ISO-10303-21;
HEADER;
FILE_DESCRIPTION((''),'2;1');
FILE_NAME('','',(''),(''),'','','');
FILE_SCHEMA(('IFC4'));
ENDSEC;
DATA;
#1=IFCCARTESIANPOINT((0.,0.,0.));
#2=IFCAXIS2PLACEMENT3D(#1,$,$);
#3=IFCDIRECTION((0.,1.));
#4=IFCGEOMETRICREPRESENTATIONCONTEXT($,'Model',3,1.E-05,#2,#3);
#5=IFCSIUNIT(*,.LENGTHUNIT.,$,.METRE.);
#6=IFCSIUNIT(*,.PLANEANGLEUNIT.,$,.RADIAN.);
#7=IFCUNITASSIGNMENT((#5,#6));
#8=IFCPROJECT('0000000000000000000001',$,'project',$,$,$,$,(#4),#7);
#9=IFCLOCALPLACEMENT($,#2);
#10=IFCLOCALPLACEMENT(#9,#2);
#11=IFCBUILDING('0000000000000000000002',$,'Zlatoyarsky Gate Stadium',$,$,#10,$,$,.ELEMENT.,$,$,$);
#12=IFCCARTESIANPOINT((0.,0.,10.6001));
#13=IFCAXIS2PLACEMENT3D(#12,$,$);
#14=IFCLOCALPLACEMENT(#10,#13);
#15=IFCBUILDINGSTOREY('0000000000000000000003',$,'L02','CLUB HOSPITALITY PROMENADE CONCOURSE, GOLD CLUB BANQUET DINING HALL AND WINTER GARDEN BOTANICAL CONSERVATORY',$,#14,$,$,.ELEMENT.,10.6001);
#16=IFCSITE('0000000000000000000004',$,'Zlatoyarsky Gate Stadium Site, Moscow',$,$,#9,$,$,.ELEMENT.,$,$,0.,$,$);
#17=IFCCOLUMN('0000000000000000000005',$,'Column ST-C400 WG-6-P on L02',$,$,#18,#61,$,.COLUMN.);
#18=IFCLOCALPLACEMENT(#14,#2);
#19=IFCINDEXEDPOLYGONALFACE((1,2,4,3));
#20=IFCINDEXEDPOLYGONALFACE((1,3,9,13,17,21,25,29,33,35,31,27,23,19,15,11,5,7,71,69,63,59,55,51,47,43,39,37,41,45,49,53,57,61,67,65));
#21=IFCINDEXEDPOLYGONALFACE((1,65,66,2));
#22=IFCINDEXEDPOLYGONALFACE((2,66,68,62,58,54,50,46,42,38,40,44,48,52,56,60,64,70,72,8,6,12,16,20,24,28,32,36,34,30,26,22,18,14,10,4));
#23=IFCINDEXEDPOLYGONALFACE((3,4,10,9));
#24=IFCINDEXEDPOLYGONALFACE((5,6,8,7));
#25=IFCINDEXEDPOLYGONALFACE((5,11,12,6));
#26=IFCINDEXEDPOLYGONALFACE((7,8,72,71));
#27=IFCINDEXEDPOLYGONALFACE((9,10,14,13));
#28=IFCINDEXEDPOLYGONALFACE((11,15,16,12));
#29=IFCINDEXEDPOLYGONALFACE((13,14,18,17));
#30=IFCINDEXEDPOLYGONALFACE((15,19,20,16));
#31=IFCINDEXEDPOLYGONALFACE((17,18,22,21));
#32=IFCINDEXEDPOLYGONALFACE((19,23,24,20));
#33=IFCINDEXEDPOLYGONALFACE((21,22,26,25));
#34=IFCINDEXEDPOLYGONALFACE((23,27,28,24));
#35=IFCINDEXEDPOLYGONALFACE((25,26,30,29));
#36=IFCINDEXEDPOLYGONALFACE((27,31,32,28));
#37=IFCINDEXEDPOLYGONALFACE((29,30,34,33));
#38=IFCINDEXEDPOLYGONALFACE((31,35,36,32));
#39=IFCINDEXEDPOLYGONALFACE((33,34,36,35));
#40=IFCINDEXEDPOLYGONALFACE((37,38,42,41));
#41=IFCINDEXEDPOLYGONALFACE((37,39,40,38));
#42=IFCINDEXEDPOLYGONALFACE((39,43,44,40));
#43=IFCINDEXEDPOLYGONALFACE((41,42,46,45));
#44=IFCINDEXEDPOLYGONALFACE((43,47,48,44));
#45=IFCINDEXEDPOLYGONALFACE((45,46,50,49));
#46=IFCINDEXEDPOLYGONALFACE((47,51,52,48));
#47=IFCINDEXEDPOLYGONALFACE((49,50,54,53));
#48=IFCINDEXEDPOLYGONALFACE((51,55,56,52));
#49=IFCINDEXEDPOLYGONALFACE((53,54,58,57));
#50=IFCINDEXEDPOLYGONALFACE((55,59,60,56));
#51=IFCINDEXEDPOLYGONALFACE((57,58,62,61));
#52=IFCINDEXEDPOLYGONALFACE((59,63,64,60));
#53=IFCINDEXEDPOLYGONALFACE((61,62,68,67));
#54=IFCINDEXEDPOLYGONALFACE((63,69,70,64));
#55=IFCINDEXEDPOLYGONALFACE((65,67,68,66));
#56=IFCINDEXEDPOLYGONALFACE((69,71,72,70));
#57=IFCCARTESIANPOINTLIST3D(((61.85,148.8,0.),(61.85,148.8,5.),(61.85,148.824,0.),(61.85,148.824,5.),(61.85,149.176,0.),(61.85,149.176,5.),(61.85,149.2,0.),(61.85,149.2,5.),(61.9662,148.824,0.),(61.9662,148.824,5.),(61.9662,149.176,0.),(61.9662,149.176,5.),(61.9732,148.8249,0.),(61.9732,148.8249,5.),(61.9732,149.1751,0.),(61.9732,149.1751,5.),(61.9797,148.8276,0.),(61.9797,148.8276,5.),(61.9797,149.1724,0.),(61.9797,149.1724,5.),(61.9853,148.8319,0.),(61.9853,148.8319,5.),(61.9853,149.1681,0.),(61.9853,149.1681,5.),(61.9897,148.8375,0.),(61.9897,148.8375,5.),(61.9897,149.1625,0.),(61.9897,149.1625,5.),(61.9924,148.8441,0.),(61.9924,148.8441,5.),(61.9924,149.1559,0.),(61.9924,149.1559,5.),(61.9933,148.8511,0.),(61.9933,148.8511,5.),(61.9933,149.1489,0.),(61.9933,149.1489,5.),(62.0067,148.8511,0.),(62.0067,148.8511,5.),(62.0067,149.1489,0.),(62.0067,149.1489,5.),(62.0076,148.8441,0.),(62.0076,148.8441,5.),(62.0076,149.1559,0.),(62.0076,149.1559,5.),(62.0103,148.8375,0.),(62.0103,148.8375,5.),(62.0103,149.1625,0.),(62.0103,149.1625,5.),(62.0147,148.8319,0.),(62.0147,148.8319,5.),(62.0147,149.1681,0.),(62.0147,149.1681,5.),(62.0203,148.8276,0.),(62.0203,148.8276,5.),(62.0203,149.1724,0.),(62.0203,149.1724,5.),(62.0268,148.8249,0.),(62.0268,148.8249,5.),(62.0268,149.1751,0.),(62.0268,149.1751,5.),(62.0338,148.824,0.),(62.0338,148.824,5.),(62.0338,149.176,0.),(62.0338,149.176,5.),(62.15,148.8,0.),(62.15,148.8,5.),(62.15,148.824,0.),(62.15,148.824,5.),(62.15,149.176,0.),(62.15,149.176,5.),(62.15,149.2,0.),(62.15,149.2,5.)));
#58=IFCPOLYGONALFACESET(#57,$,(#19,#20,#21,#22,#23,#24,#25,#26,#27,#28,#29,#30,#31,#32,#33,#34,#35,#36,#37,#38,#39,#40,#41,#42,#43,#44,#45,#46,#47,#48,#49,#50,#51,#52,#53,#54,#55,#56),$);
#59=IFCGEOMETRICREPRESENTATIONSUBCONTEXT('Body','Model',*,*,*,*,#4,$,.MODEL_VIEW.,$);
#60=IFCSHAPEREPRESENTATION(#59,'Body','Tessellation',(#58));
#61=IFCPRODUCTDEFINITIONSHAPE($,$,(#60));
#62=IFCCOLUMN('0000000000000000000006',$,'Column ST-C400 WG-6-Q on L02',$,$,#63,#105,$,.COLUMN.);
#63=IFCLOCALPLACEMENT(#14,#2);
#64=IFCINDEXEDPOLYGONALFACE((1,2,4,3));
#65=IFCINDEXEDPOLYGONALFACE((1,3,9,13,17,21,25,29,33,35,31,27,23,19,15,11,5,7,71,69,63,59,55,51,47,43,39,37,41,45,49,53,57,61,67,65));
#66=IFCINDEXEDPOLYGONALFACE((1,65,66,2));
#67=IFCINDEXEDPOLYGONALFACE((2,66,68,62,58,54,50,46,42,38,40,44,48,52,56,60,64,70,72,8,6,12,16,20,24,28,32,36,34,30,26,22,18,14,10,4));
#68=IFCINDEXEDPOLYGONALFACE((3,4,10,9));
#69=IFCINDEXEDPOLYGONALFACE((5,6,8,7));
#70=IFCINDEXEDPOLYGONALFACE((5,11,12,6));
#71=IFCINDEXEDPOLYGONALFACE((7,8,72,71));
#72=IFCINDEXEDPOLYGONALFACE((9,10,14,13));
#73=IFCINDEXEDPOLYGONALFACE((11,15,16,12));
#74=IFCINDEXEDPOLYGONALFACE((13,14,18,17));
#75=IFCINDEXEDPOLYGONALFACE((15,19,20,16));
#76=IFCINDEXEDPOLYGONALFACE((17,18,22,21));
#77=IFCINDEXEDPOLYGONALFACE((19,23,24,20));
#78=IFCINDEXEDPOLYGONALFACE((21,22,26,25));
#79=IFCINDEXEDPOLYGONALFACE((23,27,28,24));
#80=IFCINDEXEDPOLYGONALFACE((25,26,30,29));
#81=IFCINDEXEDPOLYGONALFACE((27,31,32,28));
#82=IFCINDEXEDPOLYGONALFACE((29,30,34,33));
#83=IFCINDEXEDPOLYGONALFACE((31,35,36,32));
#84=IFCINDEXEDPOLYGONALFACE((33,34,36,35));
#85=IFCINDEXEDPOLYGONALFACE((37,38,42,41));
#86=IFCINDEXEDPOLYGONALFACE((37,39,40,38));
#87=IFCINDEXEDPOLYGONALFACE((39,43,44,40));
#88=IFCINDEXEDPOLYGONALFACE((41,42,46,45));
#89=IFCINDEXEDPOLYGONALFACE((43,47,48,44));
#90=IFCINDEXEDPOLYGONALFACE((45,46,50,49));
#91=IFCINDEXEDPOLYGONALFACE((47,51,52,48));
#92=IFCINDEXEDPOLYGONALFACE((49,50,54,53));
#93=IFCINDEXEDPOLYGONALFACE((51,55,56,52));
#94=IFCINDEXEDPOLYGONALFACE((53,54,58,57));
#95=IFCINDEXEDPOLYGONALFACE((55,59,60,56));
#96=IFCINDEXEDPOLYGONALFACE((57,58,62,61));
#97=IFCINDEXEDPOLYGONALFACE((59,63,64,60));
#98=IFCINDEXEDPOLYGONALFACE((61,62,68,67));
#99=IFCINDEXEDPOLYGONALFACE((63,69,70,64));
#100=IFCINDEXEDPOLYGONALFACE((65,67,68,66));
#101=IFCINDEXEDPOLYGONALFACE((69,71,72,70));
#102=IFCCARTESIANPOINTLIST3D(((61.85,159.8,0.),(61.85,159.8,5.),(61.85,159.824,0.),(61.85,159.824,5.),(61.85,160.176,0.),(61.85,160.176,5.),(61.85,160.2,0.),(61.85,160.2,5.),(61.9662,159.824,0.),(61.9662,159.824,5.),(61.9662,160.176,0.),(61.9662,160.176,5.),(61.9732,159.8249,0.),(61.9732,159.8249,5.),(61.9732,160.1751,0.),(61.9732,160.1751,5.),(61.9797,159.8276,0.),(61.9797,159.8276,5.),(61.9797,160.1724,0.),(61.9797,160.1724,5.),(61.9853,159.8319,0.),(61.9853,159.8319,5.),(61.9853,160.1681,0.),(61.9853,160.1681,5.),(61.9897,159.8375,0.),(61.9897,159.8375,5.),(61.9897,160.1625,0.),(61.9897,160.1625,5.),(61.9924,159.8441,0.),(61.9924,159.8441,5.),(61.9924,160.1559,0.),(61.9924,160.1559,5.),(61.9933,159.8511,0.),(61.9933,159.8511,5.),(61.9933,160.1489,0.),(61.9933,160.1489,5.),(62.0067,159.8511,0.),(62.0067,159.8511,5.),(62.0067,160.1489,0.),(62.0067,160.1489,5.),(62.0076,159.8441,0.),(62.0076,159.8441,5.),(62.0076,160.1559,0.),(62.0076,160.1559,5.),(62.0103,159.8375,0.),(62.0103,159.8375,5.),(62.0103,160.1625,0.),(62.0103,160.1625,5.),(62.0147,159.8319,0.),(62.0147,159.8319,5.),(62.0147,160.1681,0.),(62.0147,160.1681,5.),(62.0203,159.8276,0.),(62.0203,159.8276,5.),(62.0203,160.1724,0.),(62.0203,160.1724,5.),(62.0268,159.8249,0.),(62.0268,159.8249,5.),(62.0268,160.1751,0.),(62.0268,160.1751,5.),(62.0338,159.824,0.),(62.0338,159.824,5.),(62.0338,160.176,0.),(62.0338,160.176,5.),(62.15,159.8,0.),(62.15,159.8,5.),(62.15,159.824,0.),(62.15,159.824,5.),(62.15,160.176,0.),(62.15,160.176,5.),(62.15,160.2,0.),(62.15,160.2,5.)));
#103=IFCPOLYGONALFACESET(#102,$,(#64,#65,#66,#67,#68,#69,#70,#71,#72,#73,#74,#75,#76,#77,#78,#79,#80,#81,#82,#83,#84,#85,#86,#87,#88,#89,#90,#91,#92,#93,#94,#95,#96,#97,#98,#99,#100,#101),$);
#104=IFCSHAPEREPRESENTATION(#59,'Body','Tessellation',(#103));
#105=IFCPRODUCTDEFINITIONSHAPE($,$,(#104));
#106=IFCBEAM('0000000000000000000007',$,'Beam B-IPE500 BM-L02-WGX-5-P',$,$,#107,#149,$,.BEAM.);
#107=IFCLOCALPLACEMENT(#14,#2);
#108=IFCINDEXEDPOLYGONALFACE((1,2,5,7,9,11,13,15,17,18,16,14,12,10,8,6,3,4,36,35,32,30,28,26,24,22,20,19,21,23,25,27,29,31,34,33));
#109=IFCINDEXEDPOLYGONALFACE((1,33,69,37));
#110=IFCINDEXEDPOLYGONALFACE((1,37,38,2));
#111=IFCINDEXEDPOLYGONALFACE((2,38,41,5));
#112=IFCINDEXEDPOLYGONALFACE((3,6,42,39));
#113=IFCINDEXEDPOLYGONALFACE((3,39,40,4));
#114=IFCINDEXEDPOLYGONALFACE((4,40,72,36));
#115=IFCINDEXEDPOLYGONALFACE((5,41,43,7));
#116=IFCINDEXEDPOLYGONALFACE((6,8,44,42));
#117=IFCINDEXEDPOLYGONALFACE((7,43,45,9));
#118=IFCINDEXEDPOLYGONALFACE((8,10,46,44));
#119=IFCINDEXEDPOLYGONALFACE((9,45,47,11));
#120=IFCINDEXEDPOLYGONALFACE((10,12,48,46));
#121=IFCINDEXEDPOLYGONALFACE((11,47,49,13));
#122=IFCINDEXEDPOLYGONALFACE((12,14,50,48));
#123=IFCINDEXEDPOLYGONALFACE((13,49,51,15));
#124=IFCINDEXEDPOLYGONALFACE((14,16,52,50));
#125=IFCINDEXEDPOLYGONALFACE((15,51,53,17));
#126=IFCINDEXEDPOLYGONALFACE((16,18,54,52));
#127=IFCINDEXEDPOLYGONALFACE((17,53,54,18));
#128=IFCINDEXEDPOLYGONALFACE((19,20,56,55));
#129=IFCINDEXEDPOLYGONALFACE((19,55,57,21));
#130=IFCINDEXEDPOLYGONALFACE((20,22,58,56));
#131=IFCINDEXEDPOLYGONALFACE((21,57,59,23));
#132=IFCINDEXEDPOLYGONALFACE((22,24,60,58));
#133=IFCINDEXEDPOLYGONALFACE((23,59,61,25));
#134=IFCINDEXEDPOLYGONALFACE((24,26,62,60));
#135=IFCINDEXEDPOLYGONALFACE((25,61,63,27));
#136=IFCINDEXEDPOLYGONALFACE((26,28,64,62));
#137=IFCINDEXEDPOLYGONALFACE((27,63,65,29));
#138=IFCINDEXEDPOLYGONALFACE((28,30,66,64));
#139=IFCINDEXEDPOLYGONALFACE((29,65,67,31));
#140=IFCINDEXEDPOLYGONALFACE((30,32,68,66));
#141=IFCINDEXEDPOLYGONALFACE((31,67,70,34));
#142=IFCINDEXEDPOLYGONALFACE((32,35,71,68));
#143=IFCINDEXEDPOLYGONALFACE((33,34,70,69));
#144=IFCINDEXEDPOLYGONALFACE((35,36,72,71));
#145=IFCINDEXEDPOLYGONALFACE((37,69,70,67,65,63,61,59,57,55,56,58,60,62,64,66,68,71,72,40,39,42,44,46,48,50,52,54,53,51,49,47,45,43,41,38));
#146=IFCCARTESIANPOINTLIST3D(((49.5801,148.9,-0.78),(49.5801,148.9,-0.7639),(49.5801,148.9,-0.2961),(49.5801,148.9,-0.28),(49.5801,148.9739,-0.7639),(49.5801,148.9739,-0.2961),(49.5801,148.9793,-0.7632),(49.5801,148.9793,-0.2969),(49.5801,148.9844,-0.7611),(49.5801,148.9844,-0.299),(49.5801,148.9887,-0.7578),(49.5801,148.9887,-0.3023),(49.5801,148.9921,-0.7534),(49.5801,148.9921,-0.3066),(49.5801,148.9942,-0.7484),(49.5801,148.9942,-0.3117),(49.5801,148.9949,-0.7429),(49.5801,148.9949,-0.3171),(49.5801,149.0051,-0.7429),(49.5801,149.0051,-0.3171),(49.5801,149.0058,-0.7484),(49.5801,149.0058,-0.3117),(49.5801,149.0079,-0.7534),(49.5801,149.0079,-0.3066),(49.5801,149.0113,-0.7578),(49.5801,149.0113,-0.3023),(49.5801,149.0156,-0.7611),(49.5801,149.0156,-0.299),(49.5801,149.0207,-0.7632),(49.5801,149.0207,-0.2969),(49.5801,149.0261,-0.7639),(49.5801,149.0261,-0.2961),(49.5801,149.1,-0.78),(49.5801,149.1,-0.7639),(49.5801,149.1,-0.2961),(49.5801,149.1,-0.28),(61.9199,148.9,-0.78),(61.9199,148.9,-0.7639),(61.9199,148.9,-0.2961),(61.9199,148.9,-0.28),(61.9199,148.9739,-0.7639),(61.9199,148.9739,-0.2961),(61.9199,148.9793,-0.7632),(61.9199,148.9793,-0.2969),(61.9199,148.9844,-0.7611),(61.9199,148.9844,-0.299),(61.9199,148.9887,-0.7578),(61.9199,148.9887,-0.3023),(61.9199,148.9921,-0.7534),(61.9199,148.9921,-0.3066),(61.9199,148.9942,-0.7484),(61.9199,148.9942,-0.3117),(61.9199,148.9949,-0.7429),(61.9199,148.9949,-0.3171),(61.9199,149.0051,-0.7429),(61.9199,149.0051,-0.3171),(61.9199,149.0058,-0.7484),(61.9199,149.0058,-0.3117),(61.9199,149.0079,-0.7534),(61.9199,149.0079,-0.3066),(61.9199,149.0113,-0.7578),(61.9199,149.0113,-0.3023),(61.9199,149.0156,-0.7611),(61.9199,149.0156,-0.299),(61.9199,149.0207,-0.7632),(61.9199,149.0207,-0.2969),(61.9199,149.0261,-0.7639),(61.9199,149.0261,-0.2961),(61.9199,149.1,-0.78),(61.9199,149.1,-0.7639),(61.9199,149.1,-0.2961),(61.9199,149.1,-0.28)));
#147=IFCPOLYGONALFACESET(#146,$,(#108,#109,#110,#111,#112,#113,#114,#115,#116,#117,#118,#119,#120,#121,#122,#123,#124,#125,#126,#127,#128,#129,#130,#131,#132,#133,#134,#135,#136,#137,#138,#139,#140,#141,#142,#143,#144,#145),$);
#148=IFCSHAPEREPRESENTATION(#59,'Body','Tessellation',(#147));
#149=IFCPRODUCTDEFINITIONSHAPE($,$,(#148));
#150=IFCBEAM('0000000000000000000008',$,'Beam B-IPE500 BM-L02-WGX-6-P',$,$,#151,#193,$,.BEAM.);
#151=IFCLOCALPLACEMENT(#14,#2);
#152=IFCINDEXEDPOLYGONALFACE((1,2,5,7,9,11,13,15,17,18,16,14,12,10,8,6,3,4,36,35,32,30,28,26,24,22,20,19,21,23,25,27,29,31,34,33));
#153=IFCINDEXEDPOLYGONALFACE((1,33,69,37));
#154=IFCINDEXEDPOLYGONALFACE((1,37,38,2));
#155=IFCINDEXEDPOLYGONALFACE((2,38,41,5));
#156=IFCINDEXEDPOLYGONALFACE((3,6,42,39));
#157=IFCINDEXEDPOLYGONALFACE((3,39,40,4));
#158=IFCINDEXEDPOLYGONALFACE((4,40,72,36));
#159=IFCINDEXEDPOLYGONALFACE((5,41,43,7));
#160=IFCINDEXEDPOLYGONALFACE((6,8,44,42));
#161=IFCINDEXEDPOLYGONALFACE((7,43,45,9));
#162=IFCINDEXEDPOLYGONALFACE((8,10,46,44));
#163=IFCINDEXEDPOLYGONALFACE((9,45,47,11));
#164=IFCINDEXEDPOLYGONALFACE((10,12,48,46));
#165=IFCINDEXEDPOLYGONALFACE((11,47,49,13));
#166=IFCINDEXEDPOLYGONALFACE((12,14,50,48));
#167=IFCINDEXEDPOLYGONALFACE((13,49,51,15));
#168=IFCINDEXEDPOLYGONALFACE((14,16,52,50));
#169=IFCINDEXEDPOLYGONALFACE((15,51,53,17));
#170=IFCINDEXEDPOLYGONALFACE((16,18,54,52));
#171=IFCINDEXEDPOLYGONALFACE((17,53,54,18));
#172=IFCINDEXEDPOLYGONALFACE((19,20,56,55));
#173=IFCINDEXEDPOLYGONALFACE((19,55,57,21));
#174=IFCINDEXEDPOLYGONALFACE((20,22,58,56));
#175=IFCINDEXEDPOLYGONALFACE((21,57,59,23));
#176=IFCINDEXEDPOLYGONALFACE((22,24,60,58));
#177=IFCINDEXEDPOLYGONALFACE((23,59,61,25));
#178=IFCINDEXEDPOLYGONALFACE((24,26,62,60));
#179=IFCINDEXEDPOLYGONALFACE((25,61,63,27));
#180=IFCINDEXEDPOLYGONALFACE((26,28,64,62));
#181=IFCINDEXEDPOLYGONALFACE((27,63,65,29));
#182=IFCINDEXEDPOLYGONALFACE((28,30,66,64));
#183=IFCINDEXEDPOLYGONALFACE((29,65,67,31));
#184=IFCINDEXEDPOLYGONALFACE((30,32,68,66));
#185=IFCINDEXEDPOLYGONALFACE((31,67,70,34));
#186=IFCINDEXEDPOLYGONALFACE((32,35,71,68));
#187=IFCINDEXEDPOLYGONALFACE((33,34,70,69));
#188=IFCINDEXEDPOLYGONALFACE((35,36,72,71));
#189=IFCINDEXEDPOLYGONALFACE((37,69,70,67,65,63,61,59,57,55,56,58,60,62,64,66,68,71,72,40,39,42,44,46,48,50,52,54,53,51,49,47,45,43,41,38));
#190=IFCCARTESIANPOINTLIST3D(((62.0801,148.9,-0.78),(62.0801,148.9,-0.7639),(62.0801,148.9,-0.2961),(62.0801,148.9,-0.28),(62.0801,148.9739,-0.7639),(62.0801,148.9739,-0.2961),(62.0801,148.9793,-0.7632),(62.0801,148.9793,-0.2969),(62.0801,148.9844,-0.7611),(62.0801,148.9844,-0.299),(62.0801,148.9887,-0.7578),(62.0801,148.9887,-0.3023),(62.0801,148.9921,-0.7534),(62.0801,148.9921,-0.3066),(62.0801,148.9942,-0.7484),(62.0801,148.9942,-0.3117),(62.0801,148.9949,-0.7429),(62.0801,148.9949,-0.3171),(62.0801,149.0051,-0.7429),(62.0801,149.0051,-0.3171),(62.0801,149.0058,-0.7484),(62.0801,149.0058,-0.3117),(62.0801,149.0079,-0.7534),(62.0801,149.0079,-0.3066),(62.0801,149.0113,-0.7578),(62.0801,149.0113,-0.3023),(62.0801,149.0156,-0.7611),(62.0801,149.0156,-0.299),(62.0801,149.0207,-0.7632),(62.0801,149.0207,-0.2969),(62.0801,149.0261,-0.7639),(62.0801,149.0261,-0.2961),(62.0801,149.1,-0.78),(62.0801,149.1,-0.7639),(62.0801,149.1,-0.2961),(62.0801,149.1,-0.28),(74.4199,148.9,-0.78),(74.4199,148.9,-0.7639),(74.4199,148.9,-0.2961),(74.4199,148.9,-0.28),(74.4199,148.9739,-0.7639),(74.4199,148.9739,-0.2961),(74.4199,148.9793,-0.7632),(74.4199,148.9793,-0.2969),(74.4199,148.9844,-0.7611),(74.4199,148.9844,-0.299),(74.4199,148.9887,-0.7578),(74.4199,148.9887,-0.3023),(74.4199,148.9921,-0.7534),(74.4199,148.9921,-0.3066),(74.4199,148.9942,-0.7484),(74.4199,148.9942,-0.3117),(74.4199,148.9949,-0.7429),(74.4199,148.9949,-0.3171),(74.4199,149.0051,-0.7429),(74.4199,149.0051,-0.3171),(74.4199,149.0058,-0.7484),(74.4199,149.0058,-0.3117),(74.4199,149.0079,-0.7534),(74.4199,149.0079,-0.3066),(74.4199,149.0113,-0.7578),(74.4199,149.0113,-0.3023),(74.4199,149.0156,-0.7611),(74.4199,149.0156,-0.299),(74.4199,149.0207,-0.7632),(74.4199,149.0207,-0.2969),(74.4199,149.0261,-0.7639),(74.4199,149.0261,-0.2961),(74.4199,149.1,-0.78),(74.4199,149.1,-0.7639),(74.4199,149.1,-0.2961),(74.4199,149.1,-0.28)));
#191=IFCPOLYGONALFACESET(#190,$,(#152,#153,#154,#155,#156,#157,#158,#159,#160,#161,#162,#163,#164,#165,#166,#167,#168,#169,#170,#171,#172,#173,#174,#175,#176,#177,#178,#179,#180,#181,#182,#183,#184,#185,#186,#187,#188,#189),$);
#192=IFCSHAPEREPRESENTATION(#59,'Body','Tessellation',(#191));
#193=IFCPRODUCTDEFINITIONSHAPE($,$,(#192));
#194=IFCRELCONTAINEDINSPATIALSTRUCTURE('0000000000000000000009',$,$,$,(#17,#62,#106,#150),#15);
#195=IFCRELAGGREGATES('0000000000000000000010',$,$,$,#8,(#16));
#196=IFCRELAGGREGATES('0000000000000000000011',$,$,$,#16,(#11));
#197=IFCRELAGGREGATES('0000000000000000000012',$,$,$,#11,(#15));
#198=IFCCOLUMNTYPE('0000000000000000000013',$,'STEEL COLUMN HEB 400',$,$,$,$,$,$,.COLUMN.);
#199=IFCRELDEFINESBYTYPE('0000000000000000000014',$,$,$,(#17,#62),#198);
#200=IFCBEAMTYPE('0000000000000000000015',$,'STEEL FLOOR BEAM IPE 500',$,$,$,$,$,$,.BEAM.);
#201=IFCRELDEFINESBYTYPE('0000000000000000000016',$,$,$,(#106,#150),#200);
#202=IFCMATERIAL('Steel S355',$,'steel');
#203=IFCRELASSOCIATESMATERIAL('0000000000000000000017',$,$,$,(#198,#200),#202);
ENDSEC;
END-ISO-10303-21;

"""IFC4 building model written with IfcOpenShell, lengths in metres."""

from ifc_helpers import new_model, si_unit, direction, frame, origin, origin_2d, place, context, subcontext, project, spatial, i_section, extrude, material, material_profile, profile_set, type_object, element, save


model = new_model("IFC4")

# Units and contexts
model_context = context("Model", 3, precision=1e-05, world=origin(), true_north=direction((0.0, 1.0)))
body_context = subcontext(model_context, "Body", "Model", "MODEL_VIEW")
ifc_project = project(units=[si_unit("LENGTHUNIT", "METRE"), si_unit("PLANEANGLEUNIT", "RADIAN")], contexts=[model_context])

# Site, building, storey
site_placement = place(None, origin())
site = spatial("IfcSite", under=ifc_project, at=site_placement, Name="Zlatoyarsky Gate Stadium Site, Moscow", CompositionType="ELEMENT", RefElevation=0.0)
building_placement = place(site_placement, origin())
building = spatial("IfcBuilding", under=site, at=building_placement, Name="Zlatoyarsky Gate Stadium", CompositionType="ELEMENT")
storey_placement = place(building_placement, frame((0.0, 0.0, 10.6001)))
storey = spatial("IfcBuildingStorey", under=building, at=storey_placement, Name="L02", Description="CLUB HOSPITALITY PROMENADE CONCOURSE, GOLD CLUB BANQUET DINING HALL AND WINTER GARDEN BOTANICAL CONSERVATORY", CompositionType="ELEMENT", Elevation=10.6001)

# Columns
ifc_material_1 = material(Name="Steel S355", Category="steel")
ifc_material_profile_1 = material_profile(ifc_material_1, i_section(OverallWidth=0.3, OverallDepth=0.3999, WebThickness=0.0134, FlangeThickness=0.0239, FilletRadius=0.0271, at=origin_2d()), Name="HEB 400")
ifc_profile_set_1 = profile_set([ifc_material_profile_1], Name="Steel S355")
column_type = type_object("IfcColumnType", Name="STEEL COLUMN HEB 400", PredefinedType="COLUMN", material=ifc_profile_set_1)
for number, where, z_axis, x_axis, name in (
    (1, (62.0, 149.0, 0.0), (0.0, 0.0, 1.0), (1.0, 0.0, 0.0), "Column ST-C400 WG-6-P on L02"),
    (2, (62.0, 160.0, 0.0), (0.0, 0.0, 1.0), (1.0, 0.0, 0.0), "Column ST-C400 WG-6-Q on L02"),
):
    element("IfcColumn", number, at=place(storey_placement, frame(where, z_axis=z_axis, x_axis=x_axis)), inside=storey, type_object=column_type, Name=name, PredefinedType="COLUMN", context=body_context, shape_type="SweptSolid", body=[
        extrude(i_section(OverallWidth=0.3, OverallDepth=0.3999, WebThickness=0.0134, FlangeThickness=0.0239, FilletRadius=0.0271, at=origin_2d()), origin(), (0.0, 0.0, 1.0), 5.0),
    ])

# Beams
ifc_material_profile_2 = material_profile(ifc_material_1, i_section(OverallWidth=0.2, OverallDepth=0.5, WebThickness=0.0103, FlangeThickness=0.0161, FilletRadius=0.021, at=origin_2d()), Name="IPE 500")
ifc_profile_set_2 = profile_set([ifc_material_profile_2], Name="Steel S355")
beam_type_1 = type_object("IfcBeamType", Name="STEEL FLOOR BEAM IPE 500", PredefinedType="BEAM", material=ifc_profile_set_2)
for number, where, z_axis, x_axis, name in (
    (3, (49.5801, 149.0, -0.53), (1.0, 0.0, 0.0), (0.0, 1.0, 0.0), "Beam B-IPE500 BM-L02-WGX-5-P"),
    (4, (62.0801, 149.0, -0.53), (1.0, 0.0, 0.0), (0.0, 1.0, 0.0), "Beam B-IPE500 BM-L02-WGX-6-P"),
):
    element("IfcBeam", number, at=place(storey_placement, frame(where, z_axis=z_axis, x_axis=x_axis)), inside=storey, type_object=beam_type_1, Name=name, PredefinedType="BEAM", context=body_context, shape_type="SweptSolid", body=[
        extrude(i_section(OverallWidth=0.2, OverallDepth=0.5, WebThickness=0.0103, FlangeThickness=0.0161, FilletRadius=0.021, at=origin_2d()), origin(), (0.0, 0.0, 1.0), 12.3398),
    ])

save(model, "model.ifc")
